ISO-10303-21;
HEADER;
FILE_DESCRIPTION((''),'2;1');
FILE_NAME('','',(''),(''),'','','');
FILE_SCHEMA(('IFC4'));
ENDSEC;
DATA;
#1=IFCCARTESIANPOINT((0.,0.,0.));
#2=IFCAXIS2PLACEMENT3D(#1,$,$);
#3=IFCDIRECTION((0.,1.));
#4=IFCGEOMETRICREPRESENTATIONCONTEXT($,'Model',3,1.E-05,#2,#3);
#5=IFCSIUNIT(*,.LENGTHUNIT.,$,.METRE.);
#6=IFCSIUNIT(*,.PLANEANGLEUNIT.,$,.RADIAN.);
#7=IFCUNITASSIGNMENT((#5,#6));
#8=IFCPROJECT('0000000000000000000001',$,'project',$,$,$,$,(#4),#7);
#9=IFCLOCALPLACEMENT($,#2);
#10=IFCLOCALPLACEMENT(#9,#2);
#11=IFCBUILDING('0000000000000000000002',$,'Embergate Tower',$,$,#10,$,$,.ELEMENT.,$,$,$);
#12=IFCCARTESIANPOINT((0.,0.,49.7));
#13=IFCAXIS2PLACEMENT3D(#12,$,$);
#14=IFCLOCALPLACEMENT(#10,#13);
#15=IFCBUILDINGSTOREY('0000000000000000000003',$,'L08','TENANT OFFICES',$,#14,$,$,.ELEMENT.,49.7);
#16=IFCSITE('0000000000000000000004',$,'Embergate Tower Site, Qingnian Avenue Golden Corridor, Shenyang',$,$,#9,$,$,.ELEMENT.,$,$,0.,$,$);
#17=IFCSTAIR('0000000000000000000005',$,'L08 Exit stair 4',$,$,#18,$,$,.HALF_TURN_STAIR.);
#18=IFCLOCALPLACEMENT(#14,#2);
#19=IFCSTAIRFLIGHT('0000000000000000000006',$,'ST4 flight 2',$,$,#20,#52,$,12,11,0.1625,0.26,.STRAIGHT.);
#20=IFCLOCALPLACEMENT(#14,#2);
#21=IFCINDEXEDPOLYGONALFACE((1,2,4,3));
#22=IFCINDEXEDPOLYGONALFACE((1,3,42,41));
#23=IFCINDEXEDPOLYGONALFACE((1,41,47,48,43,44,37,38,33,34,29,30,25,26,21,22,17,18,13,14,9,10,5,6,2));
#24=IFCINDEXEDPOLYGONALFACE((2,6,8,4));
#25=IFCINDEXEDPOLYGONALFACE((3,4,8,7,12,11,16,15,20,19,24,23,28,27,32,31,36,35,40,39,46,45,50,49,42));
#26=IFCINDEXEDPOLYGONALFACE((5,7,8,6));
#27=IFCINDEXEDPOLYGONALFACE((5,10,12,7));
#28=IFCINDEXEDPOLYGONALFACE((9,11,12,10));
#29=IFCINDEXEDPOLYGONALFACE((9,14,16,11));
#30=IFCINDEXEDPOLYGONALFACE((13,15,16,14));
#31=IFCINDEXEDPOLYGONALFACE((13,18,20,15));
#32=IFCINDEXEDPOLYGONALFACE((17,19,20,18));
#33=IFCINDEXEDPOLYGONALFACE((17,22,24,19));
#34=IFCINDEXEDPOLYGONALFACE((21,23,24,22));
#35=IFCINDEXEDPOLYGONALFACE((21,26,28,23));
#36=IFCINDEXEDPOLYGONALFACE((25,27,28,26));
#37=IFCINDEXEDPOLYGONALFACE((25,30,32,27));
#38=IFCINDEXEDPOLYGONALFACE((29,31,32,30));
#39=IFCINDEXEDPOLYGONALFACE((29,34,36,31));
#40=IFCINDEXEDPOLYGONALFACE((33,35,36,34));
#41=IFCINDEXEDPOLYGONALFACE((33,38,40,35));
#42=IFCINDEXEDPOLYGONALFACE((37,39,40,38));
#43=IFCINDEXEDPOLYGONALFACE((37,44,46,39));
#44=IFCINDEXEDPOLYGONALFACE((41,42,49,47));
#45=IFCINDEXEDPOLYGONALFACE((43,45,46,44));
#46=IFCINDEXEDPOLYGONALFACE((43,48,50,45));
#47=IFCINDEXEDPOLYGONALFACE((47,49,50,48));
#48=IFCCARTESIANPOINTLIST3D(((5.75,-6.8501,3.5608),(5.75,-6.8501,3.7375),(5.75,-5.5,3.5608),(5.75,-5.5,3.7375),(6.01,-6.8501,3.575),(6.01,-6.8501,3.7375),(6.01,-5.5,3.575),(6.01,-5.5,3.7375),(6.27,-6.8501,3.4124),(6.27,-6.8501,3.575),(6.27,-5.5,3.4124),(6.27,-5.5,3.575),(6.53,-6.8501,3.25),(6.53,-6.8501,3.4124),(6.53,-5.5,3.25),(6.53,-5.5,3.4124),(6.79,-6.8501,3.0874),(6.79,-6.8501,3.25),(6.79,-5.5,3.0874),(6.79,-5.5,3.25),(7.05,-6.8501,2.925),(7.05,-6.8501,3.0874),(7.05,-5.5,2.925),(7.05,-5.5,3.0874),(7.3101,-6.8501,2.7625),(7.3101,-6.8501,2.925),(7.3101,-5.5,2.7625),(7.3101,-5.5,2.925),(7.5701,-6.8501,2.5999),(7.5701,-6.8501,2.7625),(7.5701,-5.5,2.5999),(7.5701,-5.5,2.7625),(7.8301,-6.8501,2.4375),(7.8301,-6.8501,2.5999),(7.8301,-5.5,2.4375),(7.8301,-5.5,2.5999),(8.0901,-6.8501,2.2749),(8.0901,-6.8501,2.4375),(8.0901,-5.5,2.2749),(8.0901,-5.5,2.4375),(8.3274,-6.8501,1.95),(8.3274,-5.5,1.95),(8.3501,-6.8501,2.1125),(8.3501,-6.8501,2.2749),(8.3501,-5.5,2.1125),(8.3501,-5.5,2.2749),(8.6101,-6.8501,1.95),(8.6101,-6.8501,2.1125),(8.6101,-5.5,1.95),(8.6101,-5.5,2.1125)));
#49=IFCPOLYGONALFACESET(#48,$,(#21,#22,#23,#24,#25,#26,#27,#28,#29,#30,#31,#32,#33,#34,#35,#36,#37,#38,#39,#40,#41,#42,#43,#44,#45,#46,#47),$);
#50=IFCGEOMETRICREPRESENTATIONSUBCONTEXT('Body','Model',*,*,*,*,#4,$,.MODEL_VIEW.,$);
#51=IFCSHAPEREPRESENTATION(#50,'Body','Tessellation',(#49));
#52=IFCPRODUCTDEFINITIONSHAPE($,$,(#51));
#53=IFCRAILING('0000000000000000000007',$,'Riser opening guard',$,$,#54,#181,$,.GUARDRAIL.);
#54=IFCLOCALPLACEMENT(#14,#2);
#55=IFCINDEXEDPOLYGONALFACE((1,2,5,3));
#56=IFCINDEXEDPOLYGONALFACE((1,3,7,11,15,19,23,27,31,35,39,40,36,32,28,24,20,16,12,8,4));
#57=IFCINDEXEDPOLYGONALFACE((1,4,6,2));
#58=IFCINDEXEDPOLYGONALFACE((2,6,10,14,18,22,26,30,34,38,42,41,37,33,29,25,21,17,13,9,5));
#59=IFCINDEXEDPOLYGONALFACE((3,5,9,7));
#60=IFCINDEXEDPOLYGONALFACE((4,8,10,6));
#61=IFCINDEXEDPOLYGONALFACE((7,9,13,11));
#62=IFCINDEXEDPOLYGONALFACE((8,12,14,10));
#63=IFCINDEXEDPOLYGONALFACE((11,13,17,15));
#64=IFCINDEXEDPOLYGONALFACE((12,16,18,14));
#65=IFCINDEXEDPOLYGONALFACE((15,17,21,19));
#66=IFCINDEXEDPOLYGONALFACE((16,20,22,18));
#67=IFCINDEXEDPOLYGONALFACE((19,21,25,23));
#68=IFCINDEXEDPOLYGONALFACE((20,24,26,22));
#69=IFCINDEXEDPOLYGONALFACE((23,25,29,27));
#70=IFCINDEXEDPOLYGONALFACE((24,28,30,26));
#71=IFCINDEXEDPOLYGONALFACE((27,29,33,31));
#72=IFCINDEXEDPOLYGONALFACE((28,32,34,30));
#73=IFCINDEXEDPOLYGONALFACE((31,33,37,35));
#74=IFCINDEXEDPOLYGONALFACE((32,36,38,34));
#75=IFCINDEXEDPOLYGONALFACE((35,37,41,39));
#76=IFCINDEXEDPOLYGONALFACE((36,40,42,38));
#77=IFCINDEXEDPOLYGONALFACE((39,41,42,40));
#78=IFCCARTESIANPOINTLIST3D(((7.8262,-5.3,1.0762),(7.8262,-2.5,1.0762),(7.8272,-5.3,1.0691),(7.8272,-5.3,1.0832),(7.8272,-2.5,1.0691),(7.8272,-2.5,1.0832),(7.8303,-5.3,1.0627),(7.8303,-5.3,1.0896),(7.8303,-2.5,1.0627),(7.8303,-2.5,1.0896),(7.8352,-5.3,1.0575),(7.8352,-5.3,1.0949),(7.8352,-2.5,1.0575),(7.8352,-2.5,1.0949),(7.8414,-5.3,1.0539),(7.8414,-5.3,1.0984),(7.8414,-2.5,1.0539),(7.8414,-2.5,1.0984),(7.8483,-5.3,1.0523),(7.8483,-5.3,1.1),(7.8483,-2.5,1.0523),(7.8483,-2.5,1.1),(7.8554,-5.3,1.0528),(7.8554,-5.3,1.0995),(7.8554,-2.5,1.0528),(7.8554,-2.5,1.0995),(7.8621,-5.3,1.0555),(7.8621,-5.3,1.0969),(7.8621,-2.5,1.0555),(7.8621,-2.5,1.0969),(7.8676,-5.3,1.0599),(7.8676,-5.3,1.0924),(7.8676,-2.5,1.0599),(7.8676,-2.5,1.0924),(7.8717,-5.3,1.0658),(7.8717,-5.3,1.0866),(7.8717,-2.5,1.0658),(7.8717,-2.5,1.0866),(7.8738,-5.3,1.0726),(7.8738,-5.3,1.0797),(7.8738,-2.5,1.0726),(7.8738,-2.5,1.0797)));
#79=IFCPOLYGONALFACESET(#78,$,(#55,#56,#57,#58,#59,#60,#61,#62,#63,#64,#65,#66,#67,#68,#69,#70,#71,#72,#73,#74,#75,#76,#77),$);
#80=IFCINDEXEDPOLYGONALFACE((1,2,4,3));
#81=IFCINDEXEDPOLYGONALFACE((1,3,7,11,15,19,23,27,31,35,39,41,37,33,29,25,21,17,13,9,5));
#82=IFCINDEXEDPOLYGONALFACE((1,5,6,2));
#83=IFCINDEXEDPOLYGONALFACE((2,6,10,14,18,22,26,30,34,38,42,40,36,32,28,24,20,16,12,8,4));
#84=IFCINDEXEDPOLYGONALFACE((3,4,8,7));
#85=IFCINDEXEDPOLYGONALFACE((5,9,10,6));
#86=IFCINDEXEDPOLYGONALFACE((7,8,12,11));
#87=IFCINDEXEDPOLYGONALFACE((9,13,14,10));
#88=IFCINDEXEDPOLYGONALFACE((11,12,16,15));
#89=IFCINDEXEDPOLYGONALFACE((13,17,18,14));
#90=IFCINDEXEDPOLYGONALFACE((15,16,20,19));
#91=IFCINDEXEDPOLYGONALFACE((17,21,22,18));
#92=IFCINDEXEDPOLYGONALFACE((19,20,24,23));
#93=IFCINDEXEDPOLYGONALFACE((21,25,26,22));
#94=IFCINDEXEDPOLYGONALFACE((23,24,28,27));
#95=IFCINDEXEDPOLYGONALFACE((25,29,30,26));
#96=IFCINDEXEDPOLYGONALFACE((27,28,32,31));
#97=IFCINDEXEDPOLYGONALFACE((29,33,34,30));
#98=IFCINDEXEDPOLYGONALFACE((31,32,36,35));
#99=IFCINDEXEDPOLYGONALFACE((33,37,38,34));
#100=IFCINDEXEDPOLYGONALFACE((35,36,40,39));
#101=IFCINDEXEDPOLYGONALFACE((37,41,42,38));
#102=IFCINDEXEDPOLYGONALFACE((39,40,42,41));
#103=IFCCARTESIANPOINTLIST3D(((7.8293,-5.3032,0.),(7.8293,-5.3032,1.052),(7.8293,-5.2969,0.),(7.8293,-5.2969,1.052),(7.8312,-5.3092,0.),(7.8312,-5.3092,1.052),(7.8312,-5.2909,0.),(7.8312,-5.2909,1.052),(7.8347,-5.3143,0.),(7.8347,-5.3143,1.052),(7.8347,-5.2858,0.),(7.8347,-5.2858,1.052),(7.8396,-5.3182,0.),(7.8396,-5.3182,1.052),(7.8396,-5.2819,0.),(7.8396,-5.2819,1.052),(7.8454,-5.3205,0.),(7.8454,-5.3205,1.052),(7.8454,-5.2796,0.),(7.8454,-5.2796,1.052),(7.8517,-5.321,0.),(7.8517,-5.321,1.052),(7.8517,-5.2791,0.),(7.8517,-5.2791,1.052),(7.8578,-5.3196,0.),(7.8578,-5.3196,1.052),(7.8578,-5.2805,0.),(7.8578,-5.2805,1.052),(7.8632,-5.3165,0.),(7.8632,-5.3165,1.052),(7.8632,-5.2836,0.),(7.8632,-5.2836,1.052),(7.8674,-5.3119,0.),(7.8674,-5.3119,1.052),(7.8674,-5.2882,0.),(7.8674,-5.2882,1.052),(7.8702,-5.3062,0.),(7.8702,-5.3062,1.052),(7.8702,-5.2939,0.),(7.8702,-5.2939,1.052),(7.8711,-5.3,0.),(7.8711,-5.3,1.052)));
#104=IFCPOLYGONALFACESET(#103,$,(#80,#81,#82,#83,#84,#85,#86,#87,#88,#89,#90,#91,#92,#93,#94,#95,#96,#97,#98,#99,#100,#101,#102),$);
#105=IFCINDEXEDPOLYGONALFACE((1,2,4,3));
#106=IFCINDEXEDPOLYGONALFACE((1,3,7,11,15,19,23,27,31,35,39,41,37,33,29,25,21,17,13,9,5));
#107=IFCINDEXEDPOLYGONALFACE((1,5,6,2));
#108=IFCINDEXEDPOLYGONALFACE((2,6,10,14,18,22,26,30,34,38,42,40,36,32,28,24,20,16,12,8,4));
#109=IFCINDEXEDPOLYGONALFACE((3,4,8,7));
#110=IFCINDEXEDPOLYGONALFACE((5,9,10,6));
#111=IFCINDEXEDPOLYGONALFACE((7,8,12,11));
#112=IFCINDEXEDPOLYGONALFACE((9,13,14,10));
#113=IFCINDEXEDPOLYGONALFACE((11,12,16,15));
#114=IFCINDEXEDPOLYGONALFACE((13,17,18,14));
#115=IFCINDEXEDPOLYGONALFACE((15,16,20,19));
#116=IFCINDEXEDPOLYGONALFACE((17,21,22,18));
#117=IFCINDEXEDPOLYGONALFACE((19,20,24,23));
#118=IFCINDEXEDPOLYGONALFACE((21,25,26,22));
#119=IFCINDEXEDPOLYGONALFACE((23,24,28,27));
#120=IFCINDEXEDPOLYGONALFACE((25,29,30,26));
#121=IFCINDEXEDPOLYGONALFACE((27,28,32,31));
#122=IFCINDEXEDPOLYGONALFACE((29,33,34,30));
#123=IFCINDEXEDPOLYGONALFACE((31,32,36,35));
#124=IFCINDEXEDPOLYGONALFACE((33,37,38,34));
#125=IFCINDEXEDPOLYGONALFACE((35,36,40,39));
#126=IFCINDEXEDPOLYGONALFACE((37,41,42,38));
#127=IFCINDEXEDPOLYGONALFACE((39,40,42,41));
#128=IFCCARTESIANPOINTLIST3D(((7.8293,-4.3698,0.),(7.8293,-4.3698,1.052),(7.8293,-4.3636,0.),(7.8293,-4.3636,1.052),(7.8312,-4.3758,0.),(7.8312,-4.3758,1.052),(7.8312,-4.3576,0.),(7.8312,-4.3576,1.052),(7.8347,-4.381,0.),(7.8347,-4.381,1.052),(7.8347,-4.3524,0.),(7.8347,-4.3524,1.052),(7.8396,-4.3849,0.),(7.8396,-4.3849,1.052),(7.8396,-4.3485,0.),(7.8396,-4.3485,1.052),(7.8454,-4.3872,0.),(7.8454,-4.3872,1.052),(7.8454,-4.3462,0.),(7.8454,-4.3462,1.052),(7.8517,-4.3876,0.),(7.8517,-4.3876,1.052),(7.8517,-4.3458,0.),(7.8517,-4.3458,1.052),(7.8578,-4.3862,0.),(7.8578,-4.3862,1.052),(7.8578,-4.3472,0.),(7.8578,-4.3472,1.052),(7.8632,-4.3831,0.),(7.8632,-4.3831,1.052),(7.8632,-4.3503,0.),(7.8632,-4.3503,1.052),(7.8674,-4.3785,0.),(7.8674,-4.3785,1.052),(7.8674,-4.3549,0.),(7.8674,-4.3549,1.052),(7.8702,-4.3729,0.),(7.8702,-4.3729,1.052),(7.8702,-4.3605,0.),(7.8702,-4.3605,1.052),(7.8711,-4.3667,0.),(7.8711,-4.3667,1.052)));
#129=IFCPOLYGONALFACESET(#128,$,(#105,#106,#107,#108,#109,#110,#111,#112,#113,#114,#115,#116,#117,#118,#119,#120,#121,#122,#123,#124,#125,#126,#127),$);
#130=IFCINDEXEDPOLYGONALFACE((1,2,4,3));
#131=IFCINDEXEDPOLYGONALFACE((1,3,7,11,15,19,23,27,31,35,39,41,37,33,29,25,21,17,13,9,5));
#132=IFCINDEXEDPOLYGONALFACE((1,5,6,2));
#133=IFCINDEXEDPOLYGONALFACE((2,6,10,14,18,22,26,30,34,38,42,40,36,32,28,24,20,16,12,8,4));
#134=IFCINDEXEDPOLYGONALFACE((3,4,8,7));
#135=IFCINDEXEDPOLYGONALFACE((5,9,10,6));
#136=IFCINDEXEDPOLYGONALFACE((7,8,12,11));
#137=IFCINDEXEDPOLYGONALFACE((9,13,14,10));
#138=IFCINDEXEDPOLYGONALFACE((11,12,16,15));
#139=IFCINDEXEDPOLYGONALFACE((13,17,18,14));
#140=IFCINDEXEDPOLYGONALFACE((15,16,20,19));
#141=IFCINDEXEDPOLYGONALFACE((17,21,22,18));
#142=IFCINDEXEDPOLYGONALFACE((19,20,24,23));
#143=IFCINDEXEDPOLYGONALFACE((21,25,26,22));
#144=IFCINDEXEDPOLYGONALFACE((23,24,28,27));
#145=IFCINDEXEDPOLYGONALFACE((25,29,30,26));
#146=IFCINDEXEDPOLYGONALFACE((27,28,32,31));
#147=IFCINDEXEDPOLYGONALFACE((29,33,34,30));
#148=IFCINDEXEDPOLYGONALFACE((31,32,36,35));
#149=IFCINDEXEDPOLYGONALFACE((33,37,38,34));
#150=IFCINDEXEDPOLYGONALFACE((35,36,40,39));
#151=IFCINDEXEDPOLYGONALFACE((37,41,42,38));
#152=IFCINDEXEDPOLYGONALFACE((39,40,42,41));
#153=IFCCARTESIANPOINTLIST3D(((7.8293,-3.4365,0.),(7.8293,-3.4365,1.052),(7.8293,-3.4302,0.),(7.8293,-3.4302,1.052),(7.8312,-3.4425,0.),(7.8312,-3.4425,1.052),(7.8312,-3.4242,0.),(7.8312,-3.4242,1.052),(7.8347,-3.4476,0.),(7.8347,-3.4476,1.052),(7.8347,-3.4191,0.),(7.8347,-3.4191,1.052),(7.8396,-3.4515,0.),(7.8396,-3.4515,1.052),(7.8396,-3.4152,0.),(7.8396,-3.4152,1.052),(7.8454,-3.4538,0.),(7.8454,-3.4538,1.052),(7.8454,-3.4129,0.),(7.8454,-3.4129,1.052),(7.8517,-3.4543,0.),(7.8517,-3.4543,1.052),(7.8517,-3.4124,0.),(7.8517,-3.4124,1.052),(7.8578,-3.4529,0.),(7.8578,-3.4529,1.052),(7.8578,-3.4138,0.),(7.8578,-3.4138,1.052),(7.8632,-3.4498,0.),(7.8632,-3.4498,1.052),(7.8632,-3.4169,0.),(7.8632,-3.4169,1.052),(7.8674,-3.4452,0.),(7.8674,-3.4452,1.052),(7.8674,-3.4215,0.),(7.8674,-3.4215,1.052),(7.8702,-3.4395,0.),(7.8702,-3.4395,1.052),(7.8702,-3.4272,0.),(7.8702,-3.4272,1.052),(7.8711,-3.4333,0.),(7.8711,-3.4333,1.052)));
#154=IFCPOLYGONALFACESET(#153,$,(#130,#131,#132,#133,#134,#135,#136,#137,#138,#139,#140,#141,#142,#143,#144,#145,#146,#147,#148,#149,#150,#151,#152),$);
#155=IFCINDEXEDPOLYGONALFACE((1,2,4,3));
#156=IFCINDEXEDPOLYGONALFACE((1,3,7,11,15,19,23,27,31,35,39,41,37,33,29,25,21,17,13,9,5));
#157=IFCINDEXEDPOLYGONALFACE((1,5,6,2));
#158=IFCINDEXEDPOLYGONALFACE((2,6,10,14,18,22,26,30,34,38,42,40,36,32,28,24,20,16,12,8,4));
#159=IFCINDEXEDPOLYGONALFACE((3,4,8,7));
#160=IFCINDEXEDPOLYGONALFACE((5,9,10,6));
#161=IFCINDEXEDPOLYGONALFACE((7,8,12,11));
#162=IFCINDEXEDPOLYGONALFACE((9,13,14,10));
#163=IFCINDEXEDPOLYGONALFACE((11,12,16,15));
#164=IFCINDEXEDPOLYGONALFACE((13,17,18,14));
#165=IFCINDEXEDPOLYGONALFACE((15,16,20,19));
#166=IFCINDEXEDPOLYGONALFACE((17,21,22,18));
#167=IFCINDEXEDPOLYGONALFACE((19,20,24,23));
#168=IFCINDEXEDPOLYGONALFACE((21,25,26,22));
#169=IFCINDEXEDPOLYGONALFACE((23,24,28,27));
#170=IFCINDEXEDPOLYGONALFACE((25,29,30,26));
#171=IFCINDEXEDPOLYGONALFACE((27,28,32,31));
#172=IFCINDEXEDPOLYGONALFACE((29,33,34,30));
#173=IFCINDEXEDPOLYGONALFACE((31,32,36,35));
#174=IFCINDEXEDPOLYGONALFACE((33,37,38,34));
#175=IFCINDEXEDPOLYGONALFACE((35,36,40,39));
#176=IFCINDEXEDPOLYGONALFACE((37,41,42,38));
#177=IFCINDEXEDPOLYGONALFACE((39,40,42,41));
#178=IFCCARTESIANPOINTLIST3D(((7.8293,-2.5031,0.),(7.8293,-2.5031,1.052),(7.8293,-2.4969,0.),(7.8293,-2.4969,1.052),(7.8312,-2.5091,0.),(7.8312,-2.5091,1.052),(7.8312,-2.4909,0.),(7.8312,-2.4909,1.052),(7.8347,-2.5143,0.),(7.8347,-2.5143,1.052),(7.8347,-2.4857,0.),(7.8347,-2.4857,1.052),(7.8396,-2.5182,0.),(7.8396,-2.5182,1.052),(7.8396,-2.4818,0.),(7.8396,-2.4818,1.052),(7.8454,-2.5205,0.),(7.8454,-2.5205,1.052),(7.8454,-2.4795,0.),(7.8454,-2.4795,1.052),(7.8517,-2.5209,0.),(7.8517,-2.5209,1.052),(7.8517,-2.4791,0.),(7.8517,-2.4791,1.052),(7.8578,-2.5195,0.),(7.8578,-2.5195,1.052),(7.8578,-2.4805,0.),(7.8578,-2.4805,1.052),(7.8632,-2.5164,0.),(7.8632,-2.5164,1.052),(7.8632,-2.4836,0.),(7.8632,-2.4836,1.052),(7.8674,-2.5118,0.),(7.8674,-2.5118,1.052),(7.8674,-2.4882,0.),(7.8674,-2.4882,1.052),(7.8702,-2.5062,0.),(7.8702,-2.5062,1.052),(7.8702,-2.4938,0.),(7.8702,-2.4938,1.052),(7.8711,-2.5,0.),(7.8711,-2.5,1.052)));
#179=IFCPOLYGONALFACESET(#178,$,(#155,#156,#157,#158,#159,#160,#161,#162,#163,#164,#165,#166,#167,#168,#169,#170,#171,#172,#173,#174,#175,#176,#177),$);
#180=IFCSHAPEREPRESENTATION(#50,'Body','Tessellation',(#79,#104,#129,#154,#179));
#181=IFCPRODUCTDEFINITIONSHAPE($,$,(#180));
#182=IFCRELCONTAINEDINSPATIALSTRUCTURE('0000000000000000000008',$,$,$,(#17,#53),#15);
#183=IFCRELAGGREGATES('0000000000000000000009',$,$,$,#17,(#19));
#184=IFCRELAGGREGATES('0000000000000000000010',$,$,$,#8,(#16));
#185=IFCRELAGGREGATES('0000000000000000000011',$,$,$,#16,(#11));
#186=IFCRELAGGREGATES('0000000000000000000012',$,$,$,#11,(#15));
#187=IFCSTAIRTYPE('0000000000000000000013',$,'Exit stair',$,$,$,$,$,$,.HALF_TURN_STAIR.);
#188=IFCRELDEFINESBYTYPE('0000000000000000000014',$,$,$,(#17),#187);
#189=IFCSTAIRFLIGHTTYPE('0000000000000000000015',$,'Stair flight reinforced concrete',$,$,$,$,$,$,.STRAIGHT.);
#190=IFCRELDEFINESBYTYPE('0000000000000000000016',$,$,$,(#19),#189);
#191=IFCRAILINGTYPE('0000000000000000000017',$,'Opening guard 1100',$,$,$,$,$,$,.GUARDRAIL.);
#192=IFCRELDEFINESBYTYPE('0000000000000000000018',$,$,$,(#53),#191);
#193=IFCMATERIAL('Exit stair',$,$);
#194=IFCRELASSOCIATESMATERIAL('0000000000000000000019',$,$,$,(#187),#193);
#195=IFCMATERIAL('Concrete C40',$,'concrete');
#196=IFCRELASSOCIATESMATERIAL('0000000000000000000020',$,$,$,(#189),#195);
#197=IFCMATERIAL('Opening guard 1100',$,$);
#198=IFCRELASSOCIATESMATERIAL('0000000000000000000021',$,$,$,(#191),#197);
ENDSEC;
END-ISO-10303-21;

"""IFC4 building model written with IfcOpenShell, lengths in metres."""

from ifc_helpers import new_model, si_unit, direction, frame, origin, origin_2d, place, context, subcontext, project, spatial, polyline, circle, outline, extrude, source, transform, mapped, material, type_object, element, aggregate, save


model = new_model("IFC4")

# Units and contexts
model_context = context("Model", 3, precision=1e-05, world=origin(), true_north=direction((0.0, 1.0)))
body_context = subcontext(model_context, "Body", "Model", "MODEL_VIEW")
ifc_project = project(units=[si_unit("LENGTHUNIT", "METRE"), si_unit("PLANEANGLEUNIT", "RADIAN")], contexts=[model_context])

# Site, building, storey
site_placement = place(None, origin())
site = spatial("IfcSite", under=ifc_project, at=site_placement, Name="Embergate Tower Site, Qingnian Avenue Golden Corridor, Shenyang", CompositionType="ELEMENT", RefElevation=0.0)
building_placement = place(site_placement, origin())
building = spatial("IfcBuilding", under=site, at=building_placement, Name="Embergate Tower", CompositionType="ELEMENT")
storey_placement = place(building_placement, frame((0.0, 0.0, 49.7)))
storey = spatial("IfcBuildingStorey", under=building, at=storey_placement, Name="L08", Description="TENANT OFFICES", CompositionType="ELEMENT", Elevation=49.7)

# Stair
ifc_material_1 = material(Name="Exit stair")
stair_type = type_object("IfcStairType", Name="Exit stair", PredefinedType="HALF_TURN_STAIR", material=ifc_material_1)
stair_placement = place(storey_placement, origin())
stair = element("IfcStair", 1, at=stair_placement, inside=storey, type_object=stair_type, Name="L08 Exit stair 4", PredefinedType="HALF_TURN_STAIR")
ifc_material_2 = material(Name="Concrete C40", Category="concrete")

# Stair flight
stair_flight_type = type_object("IfcStairFlightType", Name="Stair flight reinforced concrete", PredefinedType="STRAIGHT", material=ifc_material_2)
shared_shape_1 = source(origin(), body_context, "Body", "SweptSolid", [
    extrude(outline(polyline([(0.0, 0.0), (0.0, 0.1626), (0.26, 0.1626), (0.26, 0.325), (0.52, 0.325), (0.52, 0.4875), (0.78, 0.4875), (0.78, 0.6499), (1.04, 0.6499), (1.04, 0.8125), (1.3, 0.8125), (1.3, 0.9751), (1.5601, 0.9751), (1.5601, 1.1375), (1.8201, 1.1375), (1.8201, 1.3), (2.0801, 1.3), (2.0801, 1.4624), (2.3401, 1.4624), (2.3401, 1.625), (2.6001, 1.625), (2.6001, 1.7876), (2.8601, 1.7876), (2.8601, 1.95), (2.8601, 1.6108), (0.2827, 0.0), (0.0, 0.0)])), frame((0.0, 0.675, 0.0), z_axis=(0.0, -1.0, 0.0), x_axis=(1.0, 0.0, 0.0)), (0.0, 0.0, 1.0), 1.3501),
])
stair_flight_placement = place(storey_placement, frame((8.6101, -6.175, 1.95), z_axis=(0.0, 0.0, 1.0), x_axis=(-1.0, 0.0, 0.0)))
stair_flight = element("IfcStairFlight", 2, at=stair_flight_placement, type_object=stair_flight_type, Name="ST4 flight 2", NumberOfRisers=12, NumberOfTreads=11, PredefinedType="STRAIGHT", RiserHeight=0.1625, TreadLength=0.26, context=body_context, shape_type="MappedRepresentation", body=[
    mapped(shared_shape_1, transform((0.0, 0.0, 0.0))),
])
aggregate(stair, [stair_flight])

# Railing
ifc_material_3 = material(Name="Opening guard 1100")
railing_type = type_object("IfcRailingType", Name="Opening guard 1100", PredefinedType="GUARDRAIL", material=ifc_material_3)
shared_shape_2 = source(origin(), body_context, "Body", "SweptSolid", [
    extrude(circle(Radius=0.0239, at=origin_2d()), frame((0.0, 0.0, 1.0762), z_axis=(0.0, 1.0, 0.0), x_axis=(-1.0, 0.0, 0.0)), (0.0, 0.0, 1.0), 2.8),
    extrude(circle(Radius=0.021, at=origin_2d()), origin(), (0.0, 0.0, 1.0), 1.052),
    extrude(circle(Radius=0.021, at=origin_2d()), frame((0.0, 0.9333, 0.0)), (0.0, 0.0, 1.0), 1.052),
    extrude(circle(Radius=0.021, at=origin_2d()), frame((0.0, 1.8667, 0.0)), (0.0, 0.0, 1.0), 1.052),
    extrude(circle(Radius=0.021, at=origin_2d()), frame((0.0, 2.8, 0.0)), (0.0, 0.0, 1.0), 1.052),
])
railing_placement = place(storey_placement, frame((7.8501, -5.3, 0.0)))
element("IfcRailing", 3, at=railing_placement, inside=storey, type_object=railing_type, Name="Riser opening guard", PredefinedType="GUARDRAIL", context=body_context, shape_type="MappedRepresentation", body=[
    mapped(shared_shape_2, transform((0.0, 0.0, 0.0))),
])

save(model, "model.ifc")
